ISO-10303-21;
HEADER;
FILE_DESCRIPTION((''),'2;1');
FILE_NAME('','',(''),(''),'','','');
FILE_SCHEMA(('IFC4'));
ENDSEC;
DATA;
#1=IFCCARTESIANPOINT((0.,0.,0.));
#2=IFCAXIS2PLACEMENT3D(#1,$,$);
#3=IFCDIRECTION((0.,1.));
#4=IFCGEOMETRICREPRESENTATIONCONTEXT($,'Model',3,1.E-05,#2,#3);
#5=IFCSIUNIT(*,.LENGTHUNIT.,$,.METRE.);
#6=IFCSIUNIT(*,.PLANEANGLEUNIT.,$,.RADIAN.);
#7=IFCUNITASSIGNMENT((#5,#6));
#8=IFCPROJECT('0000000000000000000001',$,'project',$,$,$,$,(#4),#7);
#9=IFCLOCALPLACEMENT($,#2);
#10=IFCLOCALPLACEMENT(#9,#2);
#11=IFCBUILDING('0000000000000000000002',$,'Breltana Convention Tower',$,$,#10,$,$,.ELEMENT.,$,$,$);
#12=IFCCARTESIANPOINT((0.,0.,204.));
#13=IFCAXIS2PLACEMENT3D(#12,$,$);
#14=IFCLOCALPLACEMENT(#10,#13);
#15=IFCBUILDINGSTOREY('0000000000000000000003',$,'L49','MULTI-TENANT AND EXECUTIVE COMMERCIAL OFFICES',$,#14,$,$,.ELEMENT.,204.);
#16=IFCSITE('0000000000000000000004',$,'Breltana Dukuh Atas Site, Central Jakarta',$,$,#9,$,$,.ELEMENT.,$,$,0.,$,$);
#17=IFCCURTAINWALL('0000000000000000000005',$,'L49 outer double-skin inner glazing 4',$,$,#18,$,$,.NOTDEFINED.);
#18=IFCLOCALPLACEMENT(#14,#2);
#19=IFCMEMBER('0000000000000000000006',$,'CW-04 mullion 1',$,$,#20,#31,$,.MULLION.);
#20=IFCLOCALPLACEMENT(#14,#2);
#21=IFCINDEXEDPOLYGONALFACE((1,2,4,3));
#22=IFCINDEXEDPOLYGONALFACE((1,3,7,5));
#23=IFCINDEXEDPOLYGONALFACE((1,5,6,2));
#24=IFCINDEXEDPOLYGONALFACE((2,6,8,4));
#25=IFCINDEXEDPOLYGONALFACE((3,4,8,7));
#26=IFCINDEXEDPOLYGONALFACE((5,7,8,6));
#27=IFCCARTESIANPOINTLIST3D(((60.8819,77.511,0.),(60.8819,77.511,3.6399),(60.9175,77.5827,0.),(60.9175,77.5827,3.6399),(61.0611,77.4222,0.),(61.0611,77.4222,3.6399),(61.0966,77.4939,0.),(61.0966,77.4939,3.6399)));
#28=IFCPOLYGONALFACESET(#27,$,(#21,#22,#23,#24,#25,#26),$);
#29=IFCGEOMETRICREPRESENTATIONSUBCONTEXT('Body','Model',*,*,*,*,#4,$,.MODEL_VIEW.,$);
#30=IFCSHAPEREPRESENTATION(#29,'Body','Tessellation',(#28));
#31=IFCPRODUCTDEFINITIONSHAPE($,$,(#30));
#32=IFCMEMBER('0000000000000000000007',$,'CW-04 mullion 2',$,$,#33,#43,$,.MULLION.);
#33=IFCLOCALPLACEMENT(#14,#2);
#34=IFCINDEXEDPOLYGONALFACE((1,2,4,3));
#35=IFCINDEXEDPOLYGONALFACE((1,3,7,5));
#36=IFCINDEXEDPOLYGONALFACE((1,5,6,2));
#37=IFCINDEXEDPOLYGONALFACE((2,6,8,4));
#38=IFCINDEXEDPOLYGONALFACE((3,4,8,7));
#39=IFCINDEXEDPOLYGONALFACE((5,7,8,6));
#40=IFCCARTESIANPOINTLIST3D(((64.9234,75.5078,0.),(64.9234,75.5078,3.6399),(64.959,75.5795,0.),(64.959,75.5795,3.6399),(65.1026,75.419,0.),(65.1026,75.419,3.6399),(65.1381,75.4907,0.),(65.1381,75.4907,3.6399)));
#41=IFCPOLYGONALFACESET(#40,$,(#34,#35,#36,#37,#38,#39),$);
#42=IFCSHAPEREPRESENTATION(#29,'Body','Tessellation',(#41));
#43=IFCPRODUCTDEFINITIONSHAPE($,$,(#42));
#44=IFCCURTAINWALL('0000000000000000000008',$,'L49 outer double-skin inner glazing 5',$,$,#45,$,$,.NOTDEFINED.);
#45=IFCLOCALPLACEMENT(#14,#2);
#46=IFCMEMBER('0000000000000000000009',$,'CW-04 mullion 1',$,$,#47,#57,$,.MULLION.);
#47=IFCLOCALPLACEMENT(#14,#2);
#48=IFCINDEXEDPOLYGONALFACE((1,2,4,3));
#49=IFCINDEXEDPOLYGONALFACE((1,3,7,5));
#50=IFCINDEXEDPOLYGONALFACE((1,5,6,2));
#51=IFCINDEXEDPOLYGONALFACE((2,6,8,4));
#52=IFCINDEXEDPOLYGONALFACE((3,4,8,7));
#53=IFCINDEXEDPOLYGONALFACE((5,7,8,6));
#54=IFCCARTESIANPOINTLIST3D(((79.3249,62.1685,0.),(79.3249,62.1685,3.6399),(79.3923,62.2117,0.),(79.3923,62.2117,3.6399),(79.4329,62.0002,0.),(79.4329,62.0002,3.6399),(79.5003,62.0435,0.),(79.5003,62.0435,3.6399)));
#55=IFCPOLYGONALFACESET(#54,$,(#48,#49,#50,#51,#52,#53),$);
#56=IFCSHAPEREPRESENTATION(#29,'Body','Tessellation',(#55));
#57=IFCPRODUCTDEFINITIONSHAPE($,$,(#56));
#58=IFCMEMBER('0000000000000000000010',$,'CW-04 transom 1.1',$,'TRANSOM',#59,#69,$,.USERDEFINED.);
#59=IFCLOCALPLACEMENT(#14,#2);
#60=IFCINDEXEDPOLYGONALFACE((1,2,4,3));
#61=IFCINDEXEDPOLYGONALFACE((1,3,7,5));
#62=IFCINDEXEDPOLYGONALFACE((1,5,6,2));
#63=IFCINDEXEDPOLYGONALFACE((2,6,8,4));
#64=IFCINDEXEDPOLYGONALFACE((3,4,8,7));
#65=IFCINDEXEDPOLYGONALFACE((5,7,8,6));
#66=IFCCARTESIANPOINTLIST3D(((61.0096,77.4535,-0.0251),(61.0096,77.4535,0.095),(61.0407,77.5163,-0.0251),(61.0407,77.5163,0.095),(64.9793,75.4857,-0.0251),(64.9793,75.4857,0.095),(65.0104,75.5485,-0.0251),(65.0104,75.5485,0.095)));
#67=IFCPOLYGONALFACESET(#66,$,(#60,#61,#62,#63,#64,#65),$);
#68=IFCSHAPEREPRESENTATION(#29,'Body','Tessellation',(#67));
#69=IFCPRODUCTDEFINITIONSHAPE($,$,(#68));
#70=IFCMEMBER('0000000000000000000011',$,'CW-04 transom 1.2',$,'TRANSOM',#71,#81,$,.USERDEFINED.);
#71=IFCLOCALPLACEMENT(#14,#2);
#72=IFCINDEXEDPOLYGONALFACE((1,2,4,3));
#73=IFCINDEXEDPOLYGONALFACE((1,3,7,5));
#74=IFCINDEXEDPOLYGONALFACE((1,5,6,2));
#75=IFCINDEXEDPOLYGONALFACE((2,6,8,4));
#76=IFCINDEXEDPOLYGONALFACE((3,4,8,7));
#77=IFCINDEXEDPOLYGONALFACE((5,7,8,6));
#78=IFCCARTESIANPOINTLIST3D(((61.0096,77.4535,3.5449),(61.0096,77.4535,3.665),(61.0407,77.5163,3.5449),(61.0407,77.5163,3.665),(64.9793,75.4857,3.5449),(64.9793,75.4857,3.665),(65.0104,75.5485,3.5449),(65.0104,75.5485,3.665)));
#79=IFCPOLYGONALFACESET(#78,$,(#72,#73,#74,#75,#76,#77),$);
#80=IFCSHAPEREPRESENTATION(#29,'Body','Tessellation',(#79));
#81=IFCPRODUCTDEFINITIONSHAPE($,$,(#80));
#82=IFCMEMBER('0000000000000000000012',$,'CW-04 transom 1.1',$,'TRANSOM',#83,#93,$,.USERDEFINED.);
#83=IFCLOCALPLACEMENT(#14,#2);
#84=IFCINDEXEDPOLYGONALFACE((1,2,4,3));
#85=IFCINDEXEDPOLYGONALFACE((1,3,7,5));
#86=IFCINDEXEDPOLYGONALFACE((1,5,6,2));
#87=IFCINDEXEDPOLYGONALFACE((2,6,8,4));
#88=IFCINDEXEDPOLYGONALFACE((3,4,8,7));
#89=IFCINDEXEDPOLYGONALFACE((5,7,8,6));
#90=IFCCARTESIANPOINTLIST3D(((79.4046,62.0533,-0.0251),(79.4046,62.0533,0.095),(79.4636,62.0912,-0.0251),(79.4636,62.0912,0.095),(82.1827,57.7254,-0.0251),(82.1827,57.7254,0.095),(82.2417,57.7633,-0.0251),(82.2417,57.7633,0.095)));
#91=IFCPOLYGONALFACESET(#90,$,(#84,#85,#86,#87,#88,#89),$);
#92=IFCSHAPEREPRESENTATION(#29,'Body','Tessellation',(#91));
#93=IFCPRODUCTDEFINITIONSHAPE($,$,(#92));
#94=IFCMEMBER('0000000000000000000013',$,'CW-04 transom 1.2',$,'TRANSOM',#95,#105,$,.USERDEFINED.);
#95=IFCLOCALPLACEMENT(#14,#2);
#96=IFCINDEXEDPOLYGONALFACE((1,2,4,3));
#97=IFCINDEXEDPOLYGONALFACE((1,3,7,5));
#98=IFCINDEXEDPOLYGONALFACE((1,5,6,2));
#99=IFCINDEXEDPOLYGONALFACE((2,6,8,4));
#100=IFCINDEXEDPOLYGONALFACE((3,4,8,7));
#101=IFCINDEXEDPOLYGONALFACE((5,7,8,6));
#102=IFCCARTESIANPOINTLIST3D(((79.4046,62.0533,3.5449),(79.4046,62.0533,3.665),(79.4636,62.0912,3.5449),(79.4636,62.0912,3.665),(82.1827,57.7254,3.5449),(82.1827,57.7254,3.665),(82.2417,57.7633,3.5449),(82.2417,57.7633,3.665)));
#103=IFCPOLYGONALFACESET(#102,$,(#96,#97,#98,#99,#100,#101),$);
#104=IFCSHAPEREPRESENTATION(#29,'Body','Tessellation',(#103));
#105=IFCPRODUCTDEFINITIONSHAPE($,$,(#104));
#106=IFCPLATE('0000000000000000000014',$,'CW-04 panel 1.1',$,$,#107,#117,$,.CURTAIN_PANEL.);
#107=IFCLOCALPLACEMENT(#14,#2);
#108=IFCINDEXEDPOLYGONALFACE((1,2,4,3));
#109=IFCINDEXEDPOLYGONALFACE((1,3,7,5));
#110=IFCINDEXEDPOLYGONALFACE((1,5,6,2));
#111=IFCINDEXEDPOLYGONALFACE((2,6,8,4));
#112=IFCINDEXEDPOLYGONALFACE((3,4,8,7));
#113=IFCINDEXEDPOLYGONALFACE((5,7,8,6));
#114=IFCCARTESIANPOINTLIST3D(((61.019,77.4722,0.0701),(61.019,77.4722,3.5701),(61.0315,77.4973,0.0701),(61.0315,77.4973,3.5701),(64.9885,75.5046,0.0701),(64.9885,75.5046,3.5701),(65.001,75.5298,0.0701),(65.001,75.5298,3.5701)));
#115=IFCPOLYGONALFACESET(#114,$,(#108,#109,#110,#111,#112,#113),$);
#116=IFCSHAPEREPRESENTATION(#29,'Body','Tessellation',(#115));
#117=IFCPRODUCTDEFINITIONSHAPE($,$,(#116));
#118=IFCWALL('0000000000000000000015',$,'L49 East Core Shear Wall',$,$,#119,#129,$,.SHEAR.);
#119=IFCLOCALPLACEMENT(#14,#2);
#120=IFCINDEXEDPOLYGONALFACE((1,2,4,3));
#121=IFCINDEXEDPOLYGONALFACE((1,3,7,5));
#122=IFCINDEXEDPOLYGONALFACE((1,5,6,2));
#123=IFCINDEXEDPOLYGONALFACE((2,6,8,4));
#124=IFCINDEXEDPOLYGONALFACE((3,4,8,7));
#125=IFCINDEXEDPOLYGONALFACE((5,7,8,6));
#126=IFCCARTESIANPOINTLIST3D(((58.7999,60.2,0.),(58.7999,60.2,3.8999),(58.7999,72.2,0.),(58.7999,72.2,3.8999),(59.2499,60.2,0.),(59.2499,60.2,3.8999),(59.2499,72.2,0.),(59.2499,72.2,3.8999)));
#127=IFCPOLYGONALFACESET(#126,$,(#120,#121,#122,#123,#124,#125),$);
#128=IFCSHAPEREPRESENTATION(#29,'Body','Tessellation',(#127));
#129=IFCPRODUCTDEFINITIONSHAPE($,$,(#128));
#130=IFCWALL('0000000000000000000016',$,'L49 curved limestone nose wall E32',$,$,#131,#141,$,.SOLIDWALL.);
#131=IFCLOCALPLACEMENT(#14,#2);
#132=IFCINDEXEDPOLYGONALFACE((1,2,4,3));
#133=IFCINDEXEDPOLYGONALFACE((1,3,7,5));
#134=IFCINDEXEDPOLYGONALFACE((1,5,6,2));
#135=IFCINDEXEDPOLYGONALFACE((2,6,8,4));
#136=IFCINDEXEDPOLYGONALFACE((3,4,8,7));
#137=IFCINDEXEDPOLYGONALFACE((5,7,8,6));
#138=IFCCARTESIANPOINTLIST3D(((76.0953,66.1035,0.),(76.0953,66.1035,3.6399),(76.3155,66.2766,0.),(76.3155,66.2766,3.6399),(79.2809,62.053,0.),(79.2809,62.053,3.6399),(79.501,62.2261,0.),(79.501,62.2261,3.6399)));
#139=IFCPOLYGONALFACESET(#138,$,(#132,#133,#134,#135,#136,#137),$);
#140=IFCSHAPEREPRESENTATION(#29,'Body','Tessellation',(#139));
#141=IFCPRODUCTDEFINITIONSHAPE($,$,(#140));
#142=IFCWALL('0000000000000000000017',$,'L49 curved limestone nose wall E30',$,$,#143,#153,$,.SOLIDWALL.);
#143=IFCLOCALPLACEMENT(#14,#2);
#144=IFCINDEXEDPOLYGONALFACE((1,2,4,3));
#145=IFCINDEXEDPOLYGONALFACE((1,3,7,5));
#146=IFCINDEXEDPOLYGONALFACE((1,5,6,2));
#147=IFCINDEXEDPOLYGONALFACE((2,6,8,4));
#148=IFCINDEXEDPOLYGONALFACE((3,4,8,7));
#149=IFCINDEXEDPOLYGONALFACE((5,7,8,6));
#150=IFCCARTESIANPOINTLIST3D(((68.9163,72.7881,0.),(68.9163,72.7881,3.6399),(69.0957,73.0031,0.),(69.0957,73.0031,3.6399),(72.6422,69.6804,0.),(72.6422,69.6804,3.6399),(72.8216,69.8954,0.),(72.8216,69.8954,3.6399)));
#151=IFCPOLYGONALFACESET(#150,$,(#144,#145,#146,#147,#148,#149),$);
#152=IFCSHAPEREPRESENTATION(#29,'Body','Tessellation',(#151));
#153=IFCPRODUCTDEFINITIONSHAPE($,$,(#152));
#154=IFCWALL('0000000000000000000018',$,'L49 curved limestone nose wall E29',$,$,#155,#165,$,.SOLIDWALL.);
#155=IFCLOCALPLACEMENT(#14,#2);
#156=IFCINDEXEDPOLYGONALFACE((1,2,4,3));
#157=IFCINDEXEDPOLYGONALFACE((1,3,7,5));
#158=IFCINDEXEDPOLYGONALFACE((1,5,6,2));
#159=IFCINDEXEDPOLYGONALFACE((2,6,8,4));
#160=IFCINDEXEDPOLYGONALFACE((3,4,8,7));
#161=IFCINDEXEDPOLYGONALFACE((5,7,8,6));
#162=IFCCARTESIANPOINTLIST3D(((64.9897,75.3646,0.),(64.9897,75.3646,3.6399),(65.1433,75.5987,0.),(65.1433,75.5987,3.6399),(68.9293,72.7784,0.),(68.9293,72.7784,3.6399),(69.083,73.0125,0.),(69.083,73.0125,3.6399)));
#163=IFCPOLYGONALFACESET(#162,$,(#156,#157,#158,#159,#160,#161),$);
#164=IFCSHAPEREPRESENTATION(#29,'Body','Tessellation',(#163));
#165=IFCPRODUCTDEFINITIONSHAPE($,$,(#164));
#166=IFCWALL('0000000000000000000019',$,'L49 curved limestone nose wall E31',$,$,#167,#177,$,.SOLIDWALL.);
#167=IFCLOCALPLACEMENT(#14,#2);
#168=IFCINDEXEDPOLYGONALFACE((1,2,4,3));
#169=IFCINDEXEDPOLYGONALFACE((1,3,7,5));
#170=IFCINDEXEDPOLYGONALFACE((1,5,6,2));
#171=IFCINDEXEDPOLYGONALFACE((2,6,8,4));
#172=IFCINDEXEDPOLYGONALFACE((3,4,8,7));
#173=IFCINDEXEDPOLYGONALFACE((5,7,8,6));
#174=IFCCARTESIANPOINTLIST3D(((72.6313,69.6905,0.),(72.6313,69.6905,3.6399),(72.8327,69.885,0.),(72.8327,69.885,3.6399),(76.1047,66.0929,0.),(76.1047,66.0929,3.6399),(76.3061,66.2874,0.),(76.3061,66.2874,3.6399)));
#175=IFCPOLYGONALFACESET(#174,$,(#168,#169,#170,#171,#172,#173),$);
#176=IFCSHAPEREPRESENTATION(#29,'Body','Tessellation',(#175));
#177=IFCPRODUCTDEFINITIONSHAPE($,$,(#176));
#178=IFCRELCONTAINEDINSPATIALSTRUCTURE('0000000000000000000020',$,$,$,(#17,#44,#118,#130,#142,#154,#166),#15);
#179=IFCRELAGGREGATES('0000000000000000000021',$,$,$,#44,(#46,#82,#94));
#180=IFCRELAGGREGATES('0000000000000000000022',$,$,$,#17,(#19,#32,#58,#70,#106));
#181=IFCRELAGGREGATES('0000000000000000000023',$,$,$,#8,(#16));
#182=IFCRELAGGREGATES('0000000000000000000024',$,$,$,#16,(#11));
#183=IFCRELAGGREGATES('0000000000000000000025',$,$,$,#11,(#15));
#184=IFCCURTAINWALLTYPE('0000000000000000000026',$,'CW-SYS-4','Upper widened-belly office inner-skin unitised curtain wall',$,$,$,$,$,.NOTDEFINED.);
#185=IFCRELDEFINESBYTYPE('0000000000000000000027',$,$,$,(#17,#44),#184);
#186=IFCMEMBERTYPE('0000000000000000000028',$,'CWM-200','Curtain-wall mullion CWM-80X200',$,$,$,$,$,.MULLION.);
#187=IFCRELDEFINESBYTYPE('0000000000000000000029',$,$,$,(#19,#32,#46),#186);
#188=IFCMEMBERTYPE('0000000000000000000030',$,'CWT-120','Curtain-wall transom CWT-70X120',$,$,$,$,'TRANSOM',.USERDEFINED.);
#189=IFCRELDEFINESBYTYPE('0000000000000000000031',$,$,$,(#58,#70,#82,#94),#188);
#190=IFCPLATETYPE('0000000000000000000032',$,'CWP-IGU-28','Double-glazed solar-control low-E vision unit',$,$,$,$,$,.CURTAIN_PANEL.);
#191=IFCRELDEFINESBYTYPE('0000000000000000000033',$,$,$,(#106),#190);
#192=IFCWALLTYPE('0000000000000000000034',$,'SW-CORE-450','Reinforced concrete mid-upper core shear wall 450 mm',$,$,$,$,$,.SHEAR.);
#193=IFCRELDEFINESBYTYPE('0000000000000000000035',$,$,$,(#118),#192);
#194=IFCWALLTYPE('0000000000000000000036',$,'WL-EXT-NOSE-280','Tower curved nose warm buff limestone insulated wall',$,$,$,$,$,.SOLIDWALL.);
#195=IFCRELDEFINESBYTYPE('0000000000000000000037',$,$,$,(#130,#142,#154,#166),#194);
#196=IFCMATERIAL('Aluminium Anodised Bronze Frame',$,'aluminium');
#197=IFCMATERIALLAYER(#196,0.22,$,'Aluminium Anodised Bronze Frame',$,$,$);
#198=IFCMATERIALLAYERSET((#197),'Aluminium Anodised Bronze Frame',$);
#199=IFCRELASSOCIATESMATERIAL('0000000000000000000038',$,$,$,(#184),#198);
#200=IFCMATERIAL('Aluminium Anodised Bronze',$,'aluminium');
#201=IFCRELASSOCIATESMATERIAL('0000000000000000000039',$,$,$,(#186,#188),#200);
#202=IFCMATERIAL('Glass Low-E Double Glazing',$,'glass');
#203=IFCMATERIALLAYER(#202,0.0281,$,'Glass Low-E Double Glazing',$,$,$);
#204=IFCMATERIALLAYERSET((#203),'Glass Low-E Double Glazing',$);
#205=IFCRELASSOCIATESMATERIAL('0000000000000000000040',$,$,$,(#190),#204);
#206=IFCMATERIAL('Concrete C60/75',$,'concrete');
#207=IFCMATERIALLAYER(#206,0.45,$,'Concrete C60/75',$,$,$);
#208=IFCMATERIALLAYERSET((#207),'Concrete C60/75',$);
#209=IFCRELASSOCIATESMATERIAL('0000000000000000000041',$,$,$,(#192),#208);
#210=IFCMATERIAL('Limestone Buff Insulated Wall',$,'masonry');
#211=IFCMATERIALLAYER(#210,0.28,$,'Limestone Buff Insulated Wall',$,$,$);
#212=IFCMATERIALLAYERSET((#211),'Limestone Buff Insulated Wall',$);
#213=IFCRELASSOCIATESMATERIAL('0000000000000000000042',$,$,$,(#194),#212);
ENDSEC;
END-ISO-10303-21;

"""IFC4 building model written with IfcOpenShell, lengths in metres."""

from ifc_helpers import new_model, si_unit, direction, frame, frame_2d, origin, origin_2d, place, context, subcontext, project, spatial, rectangle, extrude, source, transform, mapped, material, layer, layer_set, material_profile, profile_set, type_object, element, aggregate, save


model = new_model("IFC4")

# Units and contexts
model_context = context("Model", 3, precision=1e-05, world=origin(), true_north=direction((0.0, 1.0)))
body_context = subcontext(model_context, "Body", "Model", "MODEL_VIEW")
ifc_project = project(units=[si_unit("LENGTHUNIT", "METRE"), si_unit("PLANEANGLEUNIT", "RADIAN")], contexts=[model_context])

# Site, building, storey
site_placement = place(None, origin())
site = spatial("IfcSite", under=ifc_project, at=site_placement, Name="Breltana Dukuh Atas Site, Central Jakarta", CompositionType="ELEMENT", RefElevation=0.0)
building_placement = place(site_placement, origin())
building = spatial("IfcBuilding", under=site, at=building_placement, Name="Breltana Convention Tower", CompositionType="ELEMENT")
storey_placement = place(building_placement, frame((0.0, 0.0, 204.0)))
storey = spatial("IfcBuildingStorey", under=building, at=storey_placement, Name="L49", Description="MULTI-TENANT AND EXECUTIVE COMMERCIAL OFFICES", CompositionType="ELEMENT", Elevation=204.0)

# Curtain wall, members
ifc_material_1 = material(Name="Aluminium Anodised Bronze Frame", Category="aluminium")
ifc_layer_1 = layer(ifc_material_1, 0.22, Name="Aluminium Anodised Bronze Frame")
ifc_layer_set_1 = layer_set([ifc_layer_1], Name="Aluminium Anodised Bronze Frame")
curtain_wall_type = type_object("IfcCurtainWallType", Name="CW-SYS-4", Description="Upper widened-belly office inner-skin unitised curtain wall", PredefinedType="NOTDEFINED", material=ifc_layer_set_1)
curtain_wall_1_placement = place(storey_placement, origin())
curtain_wall_1 = element("IfcCurtainWall", 1, at=curtain_wall_1_placement, inside=storey, type_object=curtain_wall_type, Name="L49 outer double-skin inner glazing 4", PredefinedType="NOTDEFINED")
ifc_material_2 = material(Name="Aluminium Anodised Bronze", Category="aluminium")
ifc_material_profile_1 = material_profile(ifc_material_2, rectangle(XDim=0.0801, YDim=0.2, at=origin_2d()), Name="CWM-80X200")
ifc_profile_set_1 = profile_set([ifc_material_profile_1], Name="Aluminium Anodised Bronze")
member_type_1 = type_object("IfcMemberType", Name="CWM-200", Description="Curtain-wall mullion CWM-80X200", PredefinedType="MULLION", material=ifc_profile_set_1)
shared_shape_1 = source(origin(), body_context, "Body", "SweptSolid", [
    extrude(rectangle(XDim=0.0801, YDim=0.2, at=origin_2d()), origin(), (0.0, 0.0, 1.0), 3.6399),
])
member_1_placement = place(storey_placement, frame((60.9893, 77.5024, 0.0), z_axis=(0.0, 0.0, 1.0), x_axis=(0.444109, 0.895973, 0.0)))
member_1 = element("IfcMember", 2, at=member_1_placement, type_object=member_type_1, Name="CW-04 mullion 1", PredefinedType="MULLION", context=body_context, shape_type="MappedRepresentation", body=[
    mapped(shared_shape_1, transform((0.0, 0.0, 0.0), scale=1.0)),
])
member_2_placement = place(storey_placement, frame((65.0308, 75.4993, 0.0), z_axis=(0.0, 0.0, 1.0), x_axis=(0.444109, 0.895973, 0.0)))
member_2 = element("IfcMember", 3, at=member_2_placement, type_object=member_type_1, Name="CW-04 mullion 2", PredefinedType="MULLION", context=body_context, shape_type="MappedRepresentation", body=[
    mapped(shared_shape_1, transform((0.0, 0.0, 0.0), scale=1.0)),
])

# Curtain wall, member
curtain_wall_2_placement = place(storey_placement, origin())
curtain_wall_2 = element("IfcCurtainWall", 4, at=curtain_wall_2_placement, inside=storey, type_object=curtain_wall_type, Name="L49 outer double-skin inner glazing 5", PredefinedType="NOTDEFINED")
member_3_placement = place(storey_placement, frame((79.4126, 62.106, 0.0), z_axis=(0.0, 0.0, 1.0), x_axis=(0.841548, 0.540182, 0.0)))
member_3 = element("IfcMember", 5, at=member_3_placement, type_object=member_type_1, Name="CW-04 mullion 1", PredefinedType="MULLION", context=body_context, shape_type="MappedRepresentation", body=[
    mapped(shared_shape_1, transform((0.0, 0.0, 0.0), scale=1.0)),
])

# Members
ifc_material_profile_2 = material_profile(ifc_material_2, rectangle(XDim=0.0701, YDim=0.1201, at=origin_2d()), Name="CWT-70X120")
ifc_profile_set_2 = profile_set([ifc_material_profile_2], Name="Aluminium Anodised Bronze")
member_type_2 = type_object("IfcMemberType", Name="CWT-120", Description="Curtain-wall transom CWT-70X120", ElementType="TRANSOM", PredefinedType="USERDEFINED", material=ifc_profile_set_2)
shared_shape_2 = source(origin(), body_context, "Body", "SweptSolid", [
    extrude(rectangle(XDim=0.0701, YDim=0.1201, at=origin_2d()), origin(), (0.0, 0.0, 1.0), 4.4307),
])
member_4_placement = place(storey_placement, frame((61.0251, 77.4849, 0.0349), z_axis=(0.895965, -0.444125, 0.0), x_axis=(0.444125, 0.895965, 0.0)))
member_4 = element("IfcMember", 6, at=member_4_placement, type_object=member_type_2, Name="CW-04 transom 1.1", ObjectType="TRANSOM", PredefinedType="USERDEFINED", context=body_context, shape_type="MappedRepresentation", body=[
    mapped(shared_shape_2, transform((0.0, 0.0, 0.0), scale=1.0)),
])
member_5_placement = place(storey_placement, frame((61.0251, 77.4849, 3.605), z_axis=(0.895965, -0.444125, 0.0), x_axis=(0.444125, 0.895965, 0.0)))
member_5 = element("IfcMember", 7, at=member_5_placement, type_object=member_type_2, Name="CW-04 transom 1.2", ObjectType="TRANSOM", PredefinedType="USERDEFINED", context=body_context, shape_type="MappedRepresentation", body=[
    mapped(shared_shape_2, transform((0.0, 0.0, 0.0), scale=1.0)),
])
shared_shape_3 = source(origin(), body_context, "Body", "SweptSolid", [
    extrude(rectangle(XDim=0.0701, YDim=0.1201, at=origin_2d()), origin(), (0.0, 0.0, 1.0), 5.1428),
])
member_6_placement = place(storey_placement, frame((79.4341, 62.0723, 0.0349), z_axis=(0.540189, -0.841544, 0.0), x_axis=(0.841544, 0.540189, 0.0)))
member_6 = element("IfcMember", 8, at=member_6_placement, type_object=member_type_2, Name="CW-04 transom 1.1", ObjectType="TRANSOM", PredefinedType="USERDEFINED", context=body_context, shape_type="MappedRepresentation", body=[
    mapped(shared_shape_3, transform((0.0, 0.0, 0.0), scale=1.0)),
])
member_7_placement = place(storey_placement, frame((79.4341, 62.0723, 3.605), z_axis=(0.540189, -0.841544, 0.0), x_axis=(0.841544, 0.540189, 0.0)))
member_7 = element("IfcMember", 9, at=member_7_placement, type_object=member_type_2, Name="CW-04 transom 1.2", ObjectType="TRANSOM", PredefinedType="USERDEFINED", context=body_context, shape_type="MappedRepresentation", body=[
    mapped(shared_shape_3, transform((0.0, 0.0, 0.0), scale=1.0)),
])
aggregate(curtain_wall_2, [member_3, member_6, member_7])

# Plate
ifc_material_3 = material(Name="Glass Low-E Double Glazing", Category="glass")
ifc_layer_2 = layer(ifc_material_3, 0.0281, Name="Glass Low-E Double Glazing")
ifc_layer_set_2 = layer_set([ifc_layer_2], Name="Glass Low-E Double Glazing")
plate_type = type_object("IfcPlateType", Name="CWP-IGU-28", Description="Double-glazed solar-control low-E vision unit", PredefinedType="CURTAIN_PANEL", material=ifc_layer_set_2)
shared_shape_4 = source(origin(), body_context, "Body", "SweptSolid", [
    extrude(rectangle(XDim=4.4304, YDim=0.0281, at=origin_2d()), origin(), (0.0, 0.0, 1.0), 3.5),
])
plate_placement = place(storey_placement, frame((63.01, 76.501, 0.0701), z_axis=(0.0, 0.0, 1.0), x_axis=(0.895973, -0.444109, 0.0)))
plate = element("IfcPlate", 10, at=plate_placement, type_object=plate_type, Name="CW-04 panel 1.1", PredefinedType="CURTAIN_PANEL", context=body_context, shape_type="MappedRepresentation", body=[
    mapped(shared_shape_4, transform((0.0, 0.0, 0.0), scale=1.0)),
])
aggregate(curtain_wall_1, [member_1, member_2, member_4, member_5, plate])

# Walls
ifc_material_4 = material(Name="Concrete C60/75", Category="concrete")
ifc_layer_3 = layer(ifc_material_4, 0.45, Name="Concrete C60/75")
ifc_layer_set_3 = layer_set([ifc_layer_3], Name="Concrete C60/75")
wall_type_1 = type_object("IfcWallType", Name="SW-CORE-450", Description="Reinforced concrete mid-upper core shear wall 450 mm", PredefinedType="SHEAR", material=ifc_layer_set_3)
shared_shape_5 = source(origin(), body_context, "Body", "SweptSolid", [
    extrude(rectangle(XDim=12.0, YDim=0.45, at=frame_2d((6.0, 0.0))), origin(), (0.0, 0.0, 1.0), 3.8999),
])
wall_1_placement = place(storey_placement, frame((59.0249, 60.2, 0.0), z_axis=(0.0, 0.0, 1.0), x_axis=(0.0, 1.0, 0.0)))
element("IfcWall", 11, at=wall_1_placement, inside=storey, type_object=wall_type_1, Name="L49 East Core Shear Wall", PredefinedType="SHEAR", context=body_context, shape_type="MappedRepresentation", body=[
    mapped(shared_shape_5, transform((0.0, 0.0, 0.0), scale=1.0)),
])
ifc_material_5 = material(Name="Limestone Buff Insulated Wall", Category="masonry")
ifc_layer_4 = layer(ifc_material_5, 0.28, Name="Limestone Buff Insulated Wall")
ifc_layer_set_4 = layer_set([ifc_layer_4], Name="Limestone Buff Insulated Wall")
wall_type_2 = type_object("IfcWallType", Name="WL-EXT-NOSE-280", Description="Tower curved nose warm buff limestone insulated wall", PredefinedType="SOLIDWALL", material=ifc_layer_set_4)
shared_shape_6 = source(origin(), body_context, "Body", "SweptSolid", [
    extrude(rectangle(XDim=5.1531, YDim=0.28, at=frame_2d((2.5767, 0.0))), origin(), (0.0, 0.0, 1.0), 3.6399),
])
wall_2_placement = place(storey_placement, frame((76.2053, 66.1902, 0.0), z_axis=(0.0, 0.0, 1.0), x_axis=(0.618179, -0.786037, 0.0)))
element("IfcWall", 12, at=wall_2_placement, inside=storey, type_object=wall_type_2, Name="L49 curved limestone nose wall E32", PredefinedType="SOLIDWALL", context=body_context, shape_type="MappedRepresentation", body=[
    mapped(shared_shape_6, transform((0.0, 0.0, 0.0), scale=1.0)),
])
shared_shape_7 = source(origin(), body_context, "Body", "SweptSolid", [
    extrude(rectangle(XDim=4.8518, YDim=0.28, at=frame_2d((2.4258, 0.0))), origin(), (0.0, 0.0, 1.0), 3.6399),
])
wall_3_placement = place(storey_placement, frame((69.0061, 72.8955, 0.0), z_axis=(0.0, 0.0, 1.0), x_axis=(0.767937, -0.640526, 0.0)))
element("IfcWall", 13, at=wall_3_placement, inside=storey, type_object=wall_type_2, Name="L49 curved limestone nose wall E30", PredefinedType="SOLIDWALL", context=body_context, shape_type="MappedRepresentation", body=[
    mapped(shared_shape_7, transform((0.0, 0.0, 0.0), scale=1.0)),
])
shared_shape_8 = source(origin(), body_context, "Body", "SweptSolid", [
    extrude(rectangle(XDim=4.7126, YDim=0.28, at=frame_2d((2.3564, 0.0))), origin(), (0.0, 0.0, 1.0), 3.6399),
])
wall_4_placement = place(storey_placement, frame((65.0664, 75.4817, 0.0), z_axis=(0.0, 0.0, 1.0), x_axis=(0.835974, -0.548768, 0.0)))
element("IfcWall", 14, at=wall_4_placement, inside=storey, type_object=wall_type_2, Name="L49 curved limestone nose wall E29", PredefinedType="SOLIDWALL", context=body_context, shape_type="MappedRepresentation", body=[
    mapped(shared_shape_8, transform((0.0, 0.0, 0.0), scale=1.0)),
])
shared_shape_9 = source(origin(), body_context, "Body", "SweptSolid", [
    extrude(rectangle(XDim=5.0007, YDim=0.28, at=frame_2d((2.5005, 0.0))), origin(), (0.0, 0.0, 1.0), 3.6399),
])
wall_5_placement = place(storey_placement, frame((72.7319, 69.7878, 0.0), z_axis=(0.0, 0.0, 1.0), x_axis=(0.694573, -0.719422, 0.0)))
element("IfcWall", 15, at=wall_5_placement, inside=storey, type_object=wall_type_2, Name="L49 curved limestone nose wall E31", PredefinedType="SOLIDWALL", context=body_context, shape_type="MappedRepresentation", body=[
    mapped(shared_shape_9, transform((0.0, 0.0, 0.0), scale=1.0)),
])

save(model, "model.ifc")
